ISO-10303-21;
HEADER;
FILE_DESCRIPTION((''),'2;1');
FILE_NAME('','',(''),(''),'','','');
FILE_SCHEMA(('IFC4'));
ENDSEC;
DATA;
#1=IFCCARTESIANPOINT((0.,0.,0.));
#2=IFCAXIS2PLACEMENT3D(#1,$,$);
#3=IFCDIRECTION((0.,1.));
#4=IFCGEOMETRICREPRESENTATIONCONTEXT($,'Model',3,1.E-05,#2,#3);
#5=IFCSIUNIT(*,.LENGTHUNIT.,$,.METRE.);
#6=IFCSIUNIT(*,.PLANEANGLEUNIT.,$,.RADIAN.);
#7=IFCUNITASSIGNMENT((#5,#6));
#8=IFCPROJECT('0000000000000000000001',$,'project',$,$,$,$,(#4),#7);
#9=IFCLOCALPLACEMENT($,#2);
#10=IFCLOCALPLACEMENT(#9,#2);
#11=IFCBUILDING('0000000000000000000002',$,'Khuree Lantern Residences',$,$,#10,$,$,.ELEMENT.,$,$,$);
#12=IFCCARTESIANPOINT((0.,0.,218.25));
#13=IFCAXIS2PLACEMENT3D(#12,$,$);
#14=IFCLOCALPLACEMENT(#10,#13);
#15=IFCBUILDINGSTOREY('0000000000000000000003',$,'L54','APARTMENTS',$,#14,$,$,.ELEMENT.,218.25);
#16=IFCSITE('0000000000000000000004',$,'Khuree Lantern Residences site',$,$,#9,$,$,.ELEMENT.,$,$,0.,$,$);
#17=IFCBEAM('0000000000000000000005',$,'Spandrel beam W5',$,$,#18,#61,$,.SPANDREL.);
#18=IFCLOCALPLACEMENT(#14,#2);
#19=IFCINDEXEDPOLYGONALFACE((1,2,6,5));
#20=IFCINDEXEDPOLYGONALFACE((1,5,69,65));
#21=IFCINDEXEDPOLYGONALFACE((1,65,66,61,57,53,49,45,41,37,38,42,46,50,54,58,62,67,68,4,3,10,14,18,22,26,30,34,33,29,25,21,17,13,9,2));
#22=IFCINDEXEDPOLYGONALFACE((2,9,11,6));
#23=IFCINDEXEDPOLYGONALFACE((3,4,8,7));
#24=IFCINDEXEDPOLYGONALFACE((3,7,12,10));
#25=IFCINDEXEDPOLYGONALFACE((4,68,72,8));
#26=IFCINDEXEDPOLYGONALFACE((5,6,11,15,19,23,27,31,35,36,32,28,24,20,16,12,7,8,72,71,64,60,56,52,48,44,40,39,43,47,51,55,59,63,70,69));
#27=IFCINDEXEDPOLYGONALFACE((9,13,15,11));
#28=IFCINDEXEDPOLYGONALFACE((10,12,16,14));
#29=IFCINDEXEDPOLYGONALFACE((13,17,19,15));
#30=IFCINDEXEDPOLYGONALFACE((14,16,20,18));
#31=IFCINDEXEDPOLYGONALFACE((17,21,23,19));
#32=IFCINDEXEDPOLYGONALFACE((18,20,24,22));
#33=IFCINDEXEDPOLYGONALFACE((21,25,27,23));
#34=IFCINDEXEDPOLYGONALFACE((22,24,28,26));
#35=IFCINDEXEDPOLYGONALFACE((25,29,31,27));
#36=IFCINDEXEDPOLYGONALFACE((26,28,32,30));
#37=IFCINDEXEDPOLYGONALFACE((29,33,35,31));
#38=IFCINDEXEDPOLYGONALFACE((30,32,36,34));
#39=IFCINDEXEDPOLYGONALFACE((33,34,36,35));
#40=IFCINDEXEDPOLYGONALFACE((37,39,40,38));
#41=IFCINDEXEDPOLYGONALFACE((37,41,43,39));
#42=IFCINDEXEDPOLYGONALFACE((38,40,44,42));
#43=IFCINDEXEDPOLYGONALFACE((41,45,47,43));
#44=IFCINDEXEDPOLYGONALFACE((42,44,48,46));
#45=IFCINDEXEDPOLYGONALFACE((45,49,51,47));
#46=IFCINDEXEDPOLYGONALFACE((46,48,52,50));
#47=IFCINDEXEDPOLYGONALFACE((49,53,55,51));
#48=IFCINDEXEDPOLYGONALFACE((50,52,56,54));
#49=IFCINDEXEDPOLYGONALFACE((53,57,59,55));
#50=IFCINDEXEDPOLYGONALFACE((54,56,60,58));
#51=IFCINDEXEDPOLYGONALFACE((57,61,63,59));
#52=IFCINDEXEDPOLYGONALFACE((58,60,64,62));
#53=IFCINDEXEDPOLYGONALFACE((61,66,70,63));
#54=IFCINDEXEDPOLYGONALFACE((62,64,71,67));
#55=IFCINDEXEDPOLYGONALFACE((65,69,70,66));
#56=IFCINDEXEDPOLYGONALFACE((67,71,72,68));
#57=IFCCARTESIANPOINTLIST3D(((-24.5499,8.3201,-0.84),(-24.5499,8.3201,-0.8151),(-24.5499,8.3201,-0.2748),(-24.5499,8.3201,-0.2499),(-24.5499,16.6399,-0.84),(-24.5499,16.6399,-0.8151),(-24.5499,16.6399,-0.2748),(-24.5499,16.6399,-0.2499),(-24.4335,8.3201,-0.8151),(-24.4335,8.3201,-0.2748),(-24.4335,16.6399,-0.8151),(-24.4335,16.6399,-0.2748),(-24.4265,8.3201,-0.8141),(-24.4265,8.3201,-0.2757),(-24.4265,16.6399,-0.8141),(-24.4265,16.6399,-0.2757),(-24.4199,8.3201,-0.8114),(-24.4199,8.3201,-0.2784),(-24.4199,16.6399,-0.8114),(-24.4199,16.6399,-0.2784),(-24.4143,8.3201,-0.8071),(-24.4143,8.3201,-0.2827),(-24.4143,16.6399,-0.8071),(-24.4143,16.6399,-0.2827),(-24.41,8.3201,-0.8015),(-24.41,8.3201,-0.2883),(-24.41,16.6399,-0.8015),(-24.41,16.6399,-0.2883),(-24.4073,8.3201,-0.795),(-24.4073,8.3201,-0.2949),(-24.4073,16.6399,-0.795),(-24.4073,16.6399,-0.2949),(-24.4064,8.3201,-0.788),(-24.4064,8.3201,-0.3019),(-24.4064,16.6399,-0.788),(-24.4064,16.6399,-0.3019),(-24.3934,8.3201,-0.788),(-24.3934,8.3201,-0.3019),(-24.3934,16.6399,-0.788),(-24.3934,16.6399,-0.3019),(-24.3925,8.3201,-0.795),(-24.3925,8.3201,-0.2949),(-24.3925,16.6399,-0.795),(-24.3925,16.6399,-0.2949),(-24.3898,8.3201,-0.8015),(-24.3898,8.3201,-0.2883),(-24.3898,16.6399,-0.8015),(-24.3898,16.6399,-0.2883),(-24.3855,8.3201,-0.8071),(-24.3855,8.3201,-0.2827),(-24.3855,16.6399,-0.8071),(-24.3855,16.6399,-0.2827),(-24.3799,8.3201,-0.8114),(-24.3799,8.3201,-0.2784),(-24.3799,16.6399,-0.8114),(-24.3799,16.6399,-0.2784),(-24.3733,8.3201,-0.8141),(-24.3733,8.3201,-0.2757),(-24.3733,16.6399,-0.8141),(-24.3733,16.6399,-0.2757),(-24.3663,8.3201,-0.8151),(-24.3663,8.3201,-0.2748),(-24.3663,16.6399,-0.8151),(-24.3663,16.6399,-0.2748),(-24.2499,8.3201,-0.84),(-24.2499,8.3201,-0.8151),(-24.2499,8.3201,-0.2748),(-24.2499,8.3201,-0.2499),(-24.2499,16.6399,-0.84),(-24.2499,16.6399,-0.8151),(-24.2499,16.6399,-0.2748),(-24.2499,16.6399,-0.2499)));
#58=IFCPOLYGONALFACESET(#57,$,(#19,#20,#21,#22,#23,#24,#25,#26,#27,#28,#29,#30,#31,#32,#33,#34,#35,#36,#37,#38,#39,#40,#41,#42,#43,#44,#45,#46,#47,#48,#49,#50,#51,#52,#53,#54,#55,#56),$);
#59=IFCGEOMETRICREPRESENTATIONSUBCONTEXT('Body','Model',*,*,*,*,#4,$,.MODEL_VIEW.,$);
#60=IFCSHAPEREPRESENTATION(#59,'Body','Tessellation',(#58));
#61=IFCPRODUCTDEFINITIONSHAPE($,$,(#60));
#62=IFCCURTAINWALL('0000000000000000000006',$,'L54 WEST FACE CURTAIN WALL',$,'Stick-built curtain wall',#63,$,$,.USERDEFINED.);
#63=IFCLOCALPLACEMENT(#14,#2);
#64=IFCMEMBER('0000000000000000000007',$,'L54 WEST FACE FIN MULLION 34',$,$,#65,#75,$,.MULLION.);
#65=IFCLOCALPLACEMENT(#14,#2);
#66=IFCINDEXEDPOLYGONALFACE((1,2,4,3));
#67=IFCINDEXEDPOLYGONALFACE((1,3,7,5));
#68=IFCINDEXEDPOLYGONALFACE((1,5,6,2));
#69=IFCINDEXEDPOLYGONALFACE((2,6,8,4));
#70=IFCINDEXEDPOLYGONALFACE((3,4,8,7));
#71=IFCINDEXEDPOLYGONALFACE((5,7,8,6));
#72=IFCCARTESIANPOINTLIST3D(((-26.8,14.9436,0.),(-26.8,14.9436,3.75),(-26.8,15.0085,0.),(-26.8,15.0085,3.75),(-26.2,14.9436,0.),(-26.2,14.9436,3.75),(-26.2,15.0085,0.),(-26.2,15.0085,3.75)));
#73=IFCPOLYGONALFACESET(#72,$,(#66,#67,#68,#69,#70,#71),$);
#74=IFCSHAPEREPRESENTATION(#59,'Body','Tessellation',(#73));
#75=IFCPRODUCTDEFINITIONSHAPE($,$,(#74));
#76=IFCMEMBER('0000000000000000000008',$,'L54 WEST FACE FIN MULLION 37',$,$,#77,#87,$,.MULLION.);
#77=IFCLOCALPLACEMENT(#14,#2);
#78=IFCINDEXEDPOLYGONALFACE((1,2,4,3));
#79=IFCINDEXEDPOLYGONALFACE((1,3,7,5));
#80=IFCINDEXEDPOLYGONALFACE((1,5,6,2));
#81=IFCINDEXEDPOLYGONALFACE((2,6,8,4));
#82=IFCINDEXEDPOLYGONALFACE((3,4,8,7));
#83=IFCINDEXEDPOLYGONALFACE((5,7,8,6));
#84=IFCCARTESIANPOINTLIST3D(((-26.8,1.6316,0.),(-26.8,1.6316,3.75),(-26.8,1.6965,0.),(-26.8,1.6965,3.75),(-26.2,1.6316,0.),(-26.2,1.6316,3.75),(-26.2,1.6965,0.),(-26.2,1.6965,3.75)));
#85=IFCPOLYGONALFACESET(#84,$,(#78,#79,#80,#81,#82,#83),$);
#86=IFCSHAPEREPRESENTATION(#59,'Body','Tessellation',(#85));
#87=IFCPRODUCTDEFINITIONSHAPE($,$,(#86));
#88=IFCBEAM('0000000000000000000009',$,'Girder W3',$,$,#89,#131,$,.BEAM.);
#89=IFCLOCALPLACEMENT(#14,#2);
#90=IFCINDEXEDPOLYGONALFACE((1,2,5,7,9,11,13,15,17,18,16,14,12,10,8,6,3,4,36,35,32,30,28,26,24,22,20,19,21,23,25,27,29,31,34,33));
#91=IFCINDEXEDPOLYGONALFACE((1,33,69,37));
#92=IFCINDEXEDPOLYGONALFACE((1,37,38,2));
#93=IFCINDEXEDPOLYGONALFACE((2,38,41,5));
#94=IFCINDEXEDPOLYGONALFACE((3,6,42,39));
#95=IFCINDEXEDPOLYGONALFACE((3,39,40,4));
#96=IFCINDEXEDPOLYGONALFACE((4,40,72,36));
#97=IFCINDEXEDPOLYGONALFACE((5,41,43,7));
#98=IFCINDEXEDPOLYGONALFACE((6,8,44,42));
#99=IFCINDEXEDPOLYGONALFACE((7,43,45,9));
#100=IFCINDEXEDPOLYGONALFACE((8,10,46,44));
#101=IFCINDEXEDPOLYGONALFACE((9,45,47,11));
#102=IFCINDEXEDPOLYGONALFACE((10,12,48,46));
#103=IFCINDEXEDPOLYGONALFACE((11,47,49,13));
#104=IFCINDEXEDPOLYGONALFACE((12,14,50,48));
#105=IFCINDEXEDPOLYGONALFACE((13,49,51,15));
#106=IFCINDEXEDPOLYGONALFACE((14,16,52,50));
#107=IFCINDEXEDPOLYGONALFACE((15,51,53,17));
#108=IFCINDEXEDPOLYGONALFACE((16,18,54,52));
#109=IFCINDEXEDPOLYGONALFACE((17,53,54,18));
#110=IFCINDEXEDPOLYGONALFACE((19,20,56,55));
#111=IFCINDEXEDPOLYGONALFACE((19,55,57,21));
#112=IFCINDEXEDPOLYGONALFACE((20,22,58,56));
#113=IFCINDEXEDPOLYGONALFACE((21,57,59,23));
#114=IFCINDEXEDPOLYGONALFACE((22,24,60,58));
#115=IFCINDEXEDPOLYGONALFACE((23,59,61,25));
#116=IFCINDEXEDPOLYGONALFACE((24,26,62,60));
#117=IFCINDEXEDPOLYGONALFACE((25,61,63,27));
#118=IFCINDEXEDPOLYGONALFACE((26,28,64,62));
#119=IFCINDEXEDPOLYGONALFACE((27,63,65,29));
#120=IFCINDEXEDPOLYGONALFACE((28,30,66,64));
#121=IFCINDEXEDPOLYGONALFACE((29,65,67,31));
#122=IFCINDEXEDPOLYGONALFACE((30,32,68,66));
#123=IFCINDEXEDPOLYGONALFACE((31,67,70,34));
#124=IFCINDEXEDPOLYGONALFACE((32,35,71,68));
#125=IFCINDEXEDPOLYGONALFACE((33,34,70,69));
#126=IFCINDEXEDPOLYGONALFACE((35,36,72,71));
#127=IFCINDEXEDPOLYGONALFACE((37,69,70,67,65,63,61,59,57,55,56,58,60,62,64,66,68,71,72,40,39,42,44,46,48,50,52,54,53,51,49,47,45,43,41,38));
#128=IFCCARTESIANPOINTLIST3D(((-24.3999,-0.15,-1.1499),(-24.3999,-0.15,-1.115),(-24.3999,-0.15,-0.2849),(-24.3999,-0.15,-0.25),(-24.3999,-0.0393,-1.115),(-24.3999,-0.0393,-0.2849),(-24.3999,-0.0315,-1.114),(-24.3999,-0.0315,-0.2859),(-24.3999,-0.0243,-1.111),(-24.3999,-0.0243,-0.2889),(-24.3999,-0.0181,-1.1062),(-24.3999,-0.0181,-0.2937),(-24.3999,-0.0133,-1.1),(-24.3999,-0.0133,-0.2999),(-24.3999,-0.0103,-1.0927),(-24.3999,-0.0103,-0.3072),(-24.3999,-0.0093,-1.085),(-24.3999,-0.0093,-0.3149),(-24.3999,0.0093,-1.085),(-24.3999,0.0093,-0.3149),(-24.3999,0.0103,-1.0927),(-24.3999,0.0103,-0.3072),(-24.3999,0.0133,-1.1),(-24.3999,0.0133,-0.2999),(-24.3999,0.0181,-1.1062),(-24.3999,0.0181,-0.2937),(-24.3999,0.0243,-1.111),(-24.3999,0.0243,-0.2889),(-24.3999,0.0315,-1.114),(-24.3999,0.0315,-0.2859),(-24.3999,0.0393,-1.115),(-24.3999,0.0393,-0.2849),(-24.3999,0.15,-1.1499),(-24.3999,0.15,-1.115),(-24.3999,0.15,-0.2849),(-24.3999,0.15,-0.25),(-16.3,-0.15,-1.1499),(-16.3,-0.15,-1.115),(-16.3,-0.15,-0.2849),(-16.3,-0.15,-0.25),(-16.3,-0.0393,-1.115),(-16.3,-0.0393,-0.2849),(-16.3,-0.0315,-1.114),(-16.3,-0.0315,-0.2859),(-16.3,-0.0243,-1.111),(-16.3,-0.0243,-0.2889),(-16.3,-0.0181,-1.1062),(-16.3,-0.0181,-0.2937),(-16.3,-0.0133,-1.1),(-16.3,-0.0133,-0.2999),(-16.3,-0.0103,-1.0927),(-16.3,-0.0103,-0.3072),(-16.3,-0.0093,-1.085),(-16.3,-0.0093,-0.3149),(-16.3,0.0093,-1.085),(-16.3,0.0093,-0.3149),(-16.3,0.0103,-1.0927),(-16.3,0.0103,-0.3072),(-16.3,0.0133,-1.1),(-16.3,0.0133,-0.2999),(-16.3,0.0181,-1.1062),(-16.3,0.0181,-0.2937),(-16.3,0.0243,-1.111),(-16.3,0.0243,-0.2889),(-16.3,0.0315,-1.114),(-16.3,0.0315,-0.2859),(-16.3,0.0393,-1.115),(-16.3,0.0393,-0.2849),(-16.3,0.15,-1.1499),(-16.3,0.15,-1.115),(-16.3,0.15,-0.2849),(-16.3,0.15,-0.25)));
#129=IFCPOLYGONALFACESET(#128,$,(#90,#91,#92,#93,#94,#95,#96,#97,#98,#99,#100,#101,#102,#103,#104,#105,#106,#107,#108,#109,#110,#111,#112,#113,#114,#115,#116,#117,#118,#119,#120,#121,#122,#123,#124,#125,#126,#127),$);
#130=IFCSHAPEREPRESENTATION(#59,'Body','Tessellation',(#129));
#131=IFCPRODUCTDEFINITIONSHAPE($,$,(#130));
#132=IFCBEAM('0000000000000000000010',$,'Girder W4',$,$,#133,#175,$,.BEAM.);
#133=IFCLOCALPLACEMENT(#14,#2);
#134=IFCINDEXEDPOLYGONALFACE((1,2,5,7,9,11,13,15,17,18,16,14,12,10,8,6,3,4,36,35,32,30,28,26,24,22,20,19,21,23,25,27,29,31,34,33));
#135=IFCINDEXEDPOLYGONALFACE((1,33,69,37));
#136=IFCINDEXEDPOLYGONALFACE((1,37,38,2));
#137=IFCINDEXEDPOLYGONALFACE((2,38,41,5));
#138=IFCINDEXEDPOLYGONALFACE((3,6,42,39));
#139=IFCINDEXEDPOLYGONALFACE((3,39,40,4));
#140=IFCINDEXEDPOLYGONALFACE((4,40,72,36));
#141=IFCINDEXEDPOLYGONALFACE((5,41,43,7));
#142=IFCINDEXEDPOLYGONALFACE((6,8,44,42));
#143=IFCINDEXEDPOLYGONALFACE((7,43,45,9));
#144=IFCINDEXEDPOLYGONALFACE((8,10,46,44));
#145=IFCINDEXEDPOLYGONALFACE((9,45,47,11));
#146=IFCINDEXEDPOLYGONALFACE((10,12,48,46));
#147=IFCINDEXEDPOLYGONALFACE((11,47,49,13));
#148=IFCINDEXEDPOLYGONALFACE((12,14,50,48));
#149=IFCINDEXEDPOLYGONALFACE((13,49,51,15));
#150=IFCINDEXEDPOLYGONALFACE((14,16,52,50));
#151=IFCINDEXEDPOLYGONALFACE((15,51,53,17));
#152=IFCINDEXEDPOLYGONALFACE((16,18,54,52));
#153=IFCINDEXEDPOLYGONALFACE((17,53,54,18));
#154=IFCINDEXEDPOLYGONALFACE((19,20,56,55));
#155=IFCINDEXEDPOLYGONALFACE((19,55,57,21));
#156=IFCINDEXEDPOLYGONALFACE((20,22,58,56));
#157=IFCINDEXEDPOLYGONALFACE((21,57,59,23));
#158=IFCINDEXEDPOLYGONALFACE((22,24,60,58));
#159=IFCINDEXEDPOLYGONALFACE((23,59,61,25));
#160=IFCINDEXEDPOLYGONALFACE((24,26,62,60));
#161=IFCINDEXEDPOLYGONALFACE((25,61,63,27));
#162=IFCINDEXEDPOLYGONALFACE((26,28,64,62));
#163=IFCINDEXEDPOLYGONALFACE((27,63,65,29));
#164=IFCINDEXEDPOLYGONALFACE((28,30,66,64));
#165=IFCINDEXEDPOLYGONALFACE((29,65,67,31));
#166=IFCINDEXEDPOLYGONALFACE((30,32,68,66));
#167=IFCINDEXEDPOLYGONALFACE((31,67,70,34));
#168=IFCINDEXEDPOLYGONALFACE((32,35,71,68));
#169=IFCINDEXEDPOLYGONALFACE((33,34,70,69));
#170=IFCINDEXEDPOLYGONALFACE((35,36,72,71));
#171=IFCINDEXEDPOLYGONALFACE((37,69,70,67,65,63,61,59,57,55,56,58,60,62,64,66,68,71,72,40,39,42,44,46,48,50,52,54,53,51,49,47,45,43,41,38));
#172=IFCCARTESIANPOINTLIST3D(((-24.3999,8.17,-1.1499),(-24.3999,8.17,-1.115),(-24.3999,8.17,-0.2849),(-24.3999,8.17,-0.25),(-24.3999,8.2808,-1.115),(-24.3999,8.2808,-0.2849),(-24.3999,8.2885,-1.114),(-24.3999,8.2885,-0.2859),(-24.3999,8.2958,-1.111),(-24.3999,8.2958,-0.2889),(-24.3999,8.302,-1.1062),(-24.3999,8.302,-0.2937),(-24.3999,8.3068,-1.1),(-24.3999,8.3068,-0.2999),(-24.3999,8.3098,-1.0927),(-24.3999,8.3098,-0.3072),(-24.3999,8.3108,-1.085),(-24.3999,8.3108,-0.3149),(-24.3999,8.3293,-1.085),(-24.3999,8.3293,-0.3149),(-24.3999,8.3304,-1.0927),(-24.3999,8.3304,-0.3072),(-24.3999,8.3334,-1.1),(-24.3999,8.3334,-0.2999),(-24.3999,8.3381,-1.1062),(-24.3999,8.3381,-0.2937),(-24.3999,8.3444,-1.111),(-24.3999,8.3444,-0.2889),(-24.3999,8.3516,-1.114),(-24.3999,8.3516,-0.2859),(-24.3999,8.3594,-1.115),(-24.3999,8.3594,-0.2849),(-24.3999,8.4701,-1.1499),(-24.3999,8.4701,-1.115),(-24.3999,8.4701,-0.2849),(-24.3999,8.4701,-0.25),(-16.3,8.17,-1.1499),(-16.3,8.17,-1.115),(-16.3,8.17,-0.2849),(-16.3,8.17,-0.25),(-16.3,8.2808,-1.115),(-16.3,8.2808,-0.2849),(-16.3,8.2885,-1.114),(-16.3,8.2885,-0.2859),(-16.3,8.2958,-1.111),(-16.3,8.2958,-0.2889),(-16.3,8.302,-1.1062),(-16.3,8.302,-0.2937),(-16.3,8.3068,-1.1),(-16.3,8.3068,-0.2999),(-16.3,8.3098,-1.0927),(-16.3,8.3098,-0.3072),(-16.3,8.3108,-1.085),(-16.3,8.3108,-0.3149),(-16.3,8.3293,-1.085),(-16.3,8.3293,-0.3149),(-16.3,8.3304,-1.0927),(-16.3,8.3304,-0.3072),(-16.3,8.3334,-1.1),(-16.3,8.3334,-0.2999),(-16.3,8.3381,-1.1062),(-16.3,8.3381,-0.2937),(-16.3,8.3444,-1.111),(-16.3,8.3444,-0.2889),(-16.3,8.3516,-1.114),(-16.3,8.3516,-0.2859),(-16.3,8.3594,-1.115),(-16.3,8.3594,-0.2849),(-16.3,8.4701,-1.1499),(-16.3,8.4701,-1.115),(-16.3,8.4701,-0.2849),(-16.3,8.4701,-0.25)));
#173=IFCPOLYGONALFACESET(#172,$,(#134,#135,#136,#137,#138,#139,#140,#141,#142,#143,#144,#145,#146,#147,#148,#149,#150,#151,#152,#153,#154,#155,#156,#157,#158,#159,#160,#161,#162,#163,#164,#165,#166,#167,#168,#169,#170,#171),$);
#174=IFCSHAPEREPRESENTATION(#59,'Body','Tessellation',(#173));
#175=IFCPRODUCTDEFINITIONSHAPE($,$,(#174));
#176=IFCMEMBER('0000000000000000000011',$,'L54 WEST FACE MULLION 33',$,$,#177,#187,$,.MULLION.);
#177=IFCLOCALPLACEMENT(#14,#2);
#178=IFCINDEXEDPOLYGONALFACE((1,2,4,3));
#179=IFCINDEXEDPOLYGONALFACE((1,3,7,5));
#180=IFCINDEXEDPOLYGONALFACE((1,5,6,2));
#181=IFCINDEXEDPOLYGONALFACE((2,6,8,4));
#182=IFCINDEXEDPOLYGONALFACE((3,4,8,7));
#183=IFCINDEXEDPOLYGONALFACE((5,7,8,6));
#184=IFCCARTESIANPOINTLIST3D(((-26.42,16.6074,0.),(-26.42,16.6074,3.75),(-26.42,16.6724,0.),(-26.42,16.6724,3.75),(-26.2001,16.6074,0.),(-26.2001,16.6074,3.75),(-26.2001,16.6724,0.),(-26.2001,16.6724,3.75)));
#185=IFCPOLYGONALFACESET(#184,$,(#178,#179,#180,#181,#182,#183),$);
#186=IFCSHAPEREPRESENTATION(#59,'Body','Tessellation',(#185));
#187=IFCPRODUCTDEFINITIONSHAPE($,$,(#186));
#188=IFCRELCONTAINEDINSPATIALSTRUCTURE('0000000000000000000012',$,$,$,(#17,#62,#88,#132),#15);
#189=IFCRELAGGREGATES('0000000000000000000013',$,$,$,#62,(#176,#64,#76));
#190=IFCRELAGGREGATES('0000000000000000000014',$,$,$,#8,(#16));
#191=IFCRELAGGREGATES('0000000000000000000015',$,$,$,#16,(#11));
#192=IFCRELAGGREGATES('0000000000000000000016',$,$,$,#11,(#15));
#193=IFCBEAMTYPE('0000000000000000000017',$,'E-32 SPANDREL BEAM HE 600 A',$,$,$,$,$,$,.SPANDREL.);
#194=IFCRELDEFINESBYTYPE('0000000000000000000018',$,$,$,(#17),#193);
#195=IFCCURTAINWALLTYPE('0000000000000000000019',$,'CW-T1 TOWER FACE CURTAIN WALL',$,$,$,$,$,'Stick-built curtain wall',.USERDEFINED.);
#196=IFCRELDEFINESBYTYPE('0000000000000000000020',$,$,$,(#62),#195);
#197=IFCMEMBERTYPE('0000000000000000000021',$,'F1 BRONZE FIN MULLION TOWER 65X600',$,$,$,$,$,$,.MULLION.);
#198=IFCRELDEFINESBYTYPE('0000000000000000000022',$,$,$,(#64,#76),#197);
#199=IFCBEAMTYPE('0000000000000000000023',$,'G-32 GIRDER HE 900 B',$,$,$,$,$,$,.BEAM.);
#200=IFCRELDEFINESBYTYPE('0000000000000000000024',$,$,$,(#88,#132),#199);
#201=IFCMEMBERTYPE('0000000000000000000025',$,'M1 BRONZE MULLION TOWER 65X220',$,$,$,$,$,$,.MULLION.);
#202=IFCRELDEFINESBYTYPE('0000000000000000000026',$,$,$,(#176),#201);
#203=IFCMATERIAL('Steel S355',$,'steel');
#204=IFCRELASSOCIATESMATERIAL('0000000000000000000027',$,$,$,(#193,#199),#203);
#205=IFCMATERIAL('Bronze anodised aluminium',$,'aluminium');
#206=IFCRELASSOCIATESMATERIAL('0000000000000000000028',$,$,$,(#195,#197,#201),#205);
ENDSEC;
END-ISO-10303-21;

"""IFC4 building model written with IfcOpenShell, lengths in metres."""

from ifc_helpers import new_model, si_unit, direction, frame, origin, origin_2d, place, context, subcontext, project, spatial, rectangle, i_section, extrude, material, material_profile, profile_set, type_object, element, aggregate, save


model = new_model("IFC4")

# Units and contexts
model_context = context("Model", 3, precision=1e-05, world=origin(), true_north=direction((0.0, 1.0)))
body_context = subcontext(model_context, "Body", "Model", "MODEL_VIEW")
ifc_project = project(units=[si_unit("LENGTHUNIT", "METRE"), si_unit("PLANEANGLEUNIT", "RADIAN")], contexts=[model_context])

# Site, building, storey
site_placement = place(None, origin())
site = spatial("IfcSite", under=ifc_project, at=site_placement, Name="Khuree Lantern Residences site", CompositionType="ELEMENT", RefElevation=0.0)
building_placement = place(site_placement, origin())
building = spatial("IfcBuilding", under=site, at=building_placement, Name="Khuree Lantern Residences", CompositionType="ELEMENT")
storey_placement = place(building_placement, frame((0.0, 0.0, 218.25)))
storey = spatial("IfcBuildingStorey", under=building, at=storey_placement, Name="L54", Description="APARTMENTS", CompositionType="ELEMENT", Elevation=218.25)

# Beam
ifc_material_1 = material(Name="Steel S355", Category="steel")
ifc_material_profile_1 = material_profile(ifc_material_1, i_section(OverallWidth=0.3, OverallDepth=0.5901, WebThickness=0.0129, FlangeThickness=0.0249, FilletRadius=0.0271, at=origin_2d()), Name="HE 600 A")
ifc_profile_set_1 = profile_set([ifc_material_profile_1], Name="Steel S355")
beam_type_1 = type_object("IfcBeamType", Name="E-32 SPANDREL BEAM HE 600 A", PredefinedType="SPANDREL", material=ifc_profile_set_1)
beam_1_placement = place(storey_placement, frame((-24.3999, 8.3201, -0.5449), z_axis=(0.0, 1.0, 0.0), x_axis=(-1.0, 0.0, 0.0)))
element("IfcBeam", 1, at=beam_1_placement, inside=storey, type_object=beam_type_1, Name="Spandrel beam W5", PredefinedType="SPANDREL", context=body_context, shape_type="SweptSolid", body=[
    extrude(i_section(OverallWidth=0.3, OverallDepth=0.5901, WebThickness=0.0129, FlangeThickness=0.0249, FilletRadius=0.0271, at=origin_2d()), origin(), (0.0, 0.0, 1.0), 8.3198),
])

# Curtain wall, members
ifc_material_2 = material(Name="Bronze anodised aluminium", Category="aluminium")
curtain_wall_type = type_object("IfcCurtainWallType", Name="CW-T1 TOWER FACE CURTAIN WALL", ElementType="Stick-built curtain wall", PredefinedType="USERDEFINED", material=ifc_material_2)
curtain_wall_placement = place(storey_placement, origin())
curtain_wall = element("IfcCurtainWall", 2, at=curtain_wall_placement, inside=storey, type_object=curtain_wall_type, Name="L54 WEST FACE CURTAIN WALL", ObjectType="Stick-built curtain wall", PredefinedType="USERDEFINED")
ifc_material_profile_2 = material_profile(ifc_material_2, rectangle(XDim=0.0649, YDim=0.6001, at=origin_2d()), Name="F1 65X600")
ifc_profile_set_2 = profile_set([ifc_material_profile_2], Name="Bronze anodised aluminium")
member_type_1 = type_object("IfcMemberType", Name="F1 BRONZE FIN MULLION TOWER 65X600", PredefinedType="MULLION", material=ifc_profile_set_2)
member_1_placement = place(storey_placement, frame((-26.5, 14.9761, 0.0), z_axis=(0.0, 0.0, 1.0), x_axis=(0.0, -1.0, 0.0)))
member_1 = element("IfcMember", 3, at=member_1_placement, type_object=member_type_1, Name="L54 WEST FACE FIN MULLION 34", PredefinedType="MULLION", context=body_context, shape_type="SweptSolid", body=[
    extrude(rectangle(XDim=0.0649, YDim=0.6001, at=origin_2d()), origin(), (0.0, 0.0, 1.0), 3.75),
])
member_2_placement = place(storey_placement, frame((-26.5, 1.6641, 0.0), z_axis=(0.0, 0.0, 1.0), x_axis=(0.0, -1.0, 0.0)))
member_2 = element("IfcMember", 4, at=member_2_placement, type_object=member_type_1, Name="L54 WEST FACE FIN MULLION 37", PredefinedType="MULLION", context=body_context, shape_type="SweptSolid", body=[
    extrude(rectangle(XDim=0.0649, YDim=0.6001, at=origin_2d()), origin(), (0.0, 0.0, 1.0), 3.75),
])

# Beams
ifc_material_profile_3 = material_profile(ifc_material_1, i_section(OverallWidth=0.3, OverallDepth=0.8999, WebThickness=0.0186, FlangeThickness=0.0349, FilletRadius=0.03, at=origin_2d()), Name="HE 900 B")
ifc_profile_set_3 = profile_set([ifc_material_profile_3], Name="Steel S355")
beam_type_2 = type_object("IfcBeamType", Name="G-32 GIRDER HE 900 B", PredefinedType="BEAM", material=ifc_profile_set_3)
for number, where, z_axis, x_axis, name in (
    (5, (-24.3999, 0.0, -0.7), (1.0, 0.0, 0.0), (0.0, 1.0, 0.0), "Girder W3"),
    (6, (-24.3999, 8.3201, -0.7), (1.0, 0.0, 0.0), (0.0, 1.0, 0.0), "Girder W4"),
):
    element("IfcBeam", number, at=place(storey_placement, frame(where, z_axis=z_axis, x_axis=x_axis)), inside=storey, type_object=beam_type_2, Name=name, PredefinedType="BEAM", context=body_context, shape_type="SweptSolid", body=[
        extrude(i_section(OverallWidth=0.3, OverallDepth=0.8999, WebThickness=0.0186, FlangeThickness=0.0349, FilletRadius=0.03, at=origin_2d()), origin(), (0.0, 0.0, 1.0), 8.0999),
    ])

# Member
ifc_material_profile_4 = material_profile(ifc_material_2, rectangle(XDim=0.0649, YDim=0.22, at=origin_2d()), Name="M1 65X220")
ifc_profile_set_4 = profile_set([ifc_material_profile_4], Name="Bronze anodised aluminium")
member_type_2 = type_object("IfcMemberType", Name="M1 BRONZE MULLION TOWER 65X220", PredefinedType="MULLION", material=ifc_profile_set_4)
member_3_placement = place(storey_placement, frame((-26.3101, 16.6399, 0.0), z_axis=(0.0, 0.0, 1.0), x_axis=(0.0, -1.0, 0.0)))
member_3 = element("IfcMember", 7, at=member_3_placement, type_object=member_type_2, Name="L54 WEST FACE MULLION 33", PredefinedType="MULLION", context=body_context, shape_type="SweptSolid", body=[
    extrude(rectangle(XDim=0.0649, YDim=0.22, at=origin_2d()), origin(), (0.0, 0.0, 1.0), 3.75),
])

aggregate(curtain_wall, [member_3, member_1, member_2])

save(model, "model.ifc")
